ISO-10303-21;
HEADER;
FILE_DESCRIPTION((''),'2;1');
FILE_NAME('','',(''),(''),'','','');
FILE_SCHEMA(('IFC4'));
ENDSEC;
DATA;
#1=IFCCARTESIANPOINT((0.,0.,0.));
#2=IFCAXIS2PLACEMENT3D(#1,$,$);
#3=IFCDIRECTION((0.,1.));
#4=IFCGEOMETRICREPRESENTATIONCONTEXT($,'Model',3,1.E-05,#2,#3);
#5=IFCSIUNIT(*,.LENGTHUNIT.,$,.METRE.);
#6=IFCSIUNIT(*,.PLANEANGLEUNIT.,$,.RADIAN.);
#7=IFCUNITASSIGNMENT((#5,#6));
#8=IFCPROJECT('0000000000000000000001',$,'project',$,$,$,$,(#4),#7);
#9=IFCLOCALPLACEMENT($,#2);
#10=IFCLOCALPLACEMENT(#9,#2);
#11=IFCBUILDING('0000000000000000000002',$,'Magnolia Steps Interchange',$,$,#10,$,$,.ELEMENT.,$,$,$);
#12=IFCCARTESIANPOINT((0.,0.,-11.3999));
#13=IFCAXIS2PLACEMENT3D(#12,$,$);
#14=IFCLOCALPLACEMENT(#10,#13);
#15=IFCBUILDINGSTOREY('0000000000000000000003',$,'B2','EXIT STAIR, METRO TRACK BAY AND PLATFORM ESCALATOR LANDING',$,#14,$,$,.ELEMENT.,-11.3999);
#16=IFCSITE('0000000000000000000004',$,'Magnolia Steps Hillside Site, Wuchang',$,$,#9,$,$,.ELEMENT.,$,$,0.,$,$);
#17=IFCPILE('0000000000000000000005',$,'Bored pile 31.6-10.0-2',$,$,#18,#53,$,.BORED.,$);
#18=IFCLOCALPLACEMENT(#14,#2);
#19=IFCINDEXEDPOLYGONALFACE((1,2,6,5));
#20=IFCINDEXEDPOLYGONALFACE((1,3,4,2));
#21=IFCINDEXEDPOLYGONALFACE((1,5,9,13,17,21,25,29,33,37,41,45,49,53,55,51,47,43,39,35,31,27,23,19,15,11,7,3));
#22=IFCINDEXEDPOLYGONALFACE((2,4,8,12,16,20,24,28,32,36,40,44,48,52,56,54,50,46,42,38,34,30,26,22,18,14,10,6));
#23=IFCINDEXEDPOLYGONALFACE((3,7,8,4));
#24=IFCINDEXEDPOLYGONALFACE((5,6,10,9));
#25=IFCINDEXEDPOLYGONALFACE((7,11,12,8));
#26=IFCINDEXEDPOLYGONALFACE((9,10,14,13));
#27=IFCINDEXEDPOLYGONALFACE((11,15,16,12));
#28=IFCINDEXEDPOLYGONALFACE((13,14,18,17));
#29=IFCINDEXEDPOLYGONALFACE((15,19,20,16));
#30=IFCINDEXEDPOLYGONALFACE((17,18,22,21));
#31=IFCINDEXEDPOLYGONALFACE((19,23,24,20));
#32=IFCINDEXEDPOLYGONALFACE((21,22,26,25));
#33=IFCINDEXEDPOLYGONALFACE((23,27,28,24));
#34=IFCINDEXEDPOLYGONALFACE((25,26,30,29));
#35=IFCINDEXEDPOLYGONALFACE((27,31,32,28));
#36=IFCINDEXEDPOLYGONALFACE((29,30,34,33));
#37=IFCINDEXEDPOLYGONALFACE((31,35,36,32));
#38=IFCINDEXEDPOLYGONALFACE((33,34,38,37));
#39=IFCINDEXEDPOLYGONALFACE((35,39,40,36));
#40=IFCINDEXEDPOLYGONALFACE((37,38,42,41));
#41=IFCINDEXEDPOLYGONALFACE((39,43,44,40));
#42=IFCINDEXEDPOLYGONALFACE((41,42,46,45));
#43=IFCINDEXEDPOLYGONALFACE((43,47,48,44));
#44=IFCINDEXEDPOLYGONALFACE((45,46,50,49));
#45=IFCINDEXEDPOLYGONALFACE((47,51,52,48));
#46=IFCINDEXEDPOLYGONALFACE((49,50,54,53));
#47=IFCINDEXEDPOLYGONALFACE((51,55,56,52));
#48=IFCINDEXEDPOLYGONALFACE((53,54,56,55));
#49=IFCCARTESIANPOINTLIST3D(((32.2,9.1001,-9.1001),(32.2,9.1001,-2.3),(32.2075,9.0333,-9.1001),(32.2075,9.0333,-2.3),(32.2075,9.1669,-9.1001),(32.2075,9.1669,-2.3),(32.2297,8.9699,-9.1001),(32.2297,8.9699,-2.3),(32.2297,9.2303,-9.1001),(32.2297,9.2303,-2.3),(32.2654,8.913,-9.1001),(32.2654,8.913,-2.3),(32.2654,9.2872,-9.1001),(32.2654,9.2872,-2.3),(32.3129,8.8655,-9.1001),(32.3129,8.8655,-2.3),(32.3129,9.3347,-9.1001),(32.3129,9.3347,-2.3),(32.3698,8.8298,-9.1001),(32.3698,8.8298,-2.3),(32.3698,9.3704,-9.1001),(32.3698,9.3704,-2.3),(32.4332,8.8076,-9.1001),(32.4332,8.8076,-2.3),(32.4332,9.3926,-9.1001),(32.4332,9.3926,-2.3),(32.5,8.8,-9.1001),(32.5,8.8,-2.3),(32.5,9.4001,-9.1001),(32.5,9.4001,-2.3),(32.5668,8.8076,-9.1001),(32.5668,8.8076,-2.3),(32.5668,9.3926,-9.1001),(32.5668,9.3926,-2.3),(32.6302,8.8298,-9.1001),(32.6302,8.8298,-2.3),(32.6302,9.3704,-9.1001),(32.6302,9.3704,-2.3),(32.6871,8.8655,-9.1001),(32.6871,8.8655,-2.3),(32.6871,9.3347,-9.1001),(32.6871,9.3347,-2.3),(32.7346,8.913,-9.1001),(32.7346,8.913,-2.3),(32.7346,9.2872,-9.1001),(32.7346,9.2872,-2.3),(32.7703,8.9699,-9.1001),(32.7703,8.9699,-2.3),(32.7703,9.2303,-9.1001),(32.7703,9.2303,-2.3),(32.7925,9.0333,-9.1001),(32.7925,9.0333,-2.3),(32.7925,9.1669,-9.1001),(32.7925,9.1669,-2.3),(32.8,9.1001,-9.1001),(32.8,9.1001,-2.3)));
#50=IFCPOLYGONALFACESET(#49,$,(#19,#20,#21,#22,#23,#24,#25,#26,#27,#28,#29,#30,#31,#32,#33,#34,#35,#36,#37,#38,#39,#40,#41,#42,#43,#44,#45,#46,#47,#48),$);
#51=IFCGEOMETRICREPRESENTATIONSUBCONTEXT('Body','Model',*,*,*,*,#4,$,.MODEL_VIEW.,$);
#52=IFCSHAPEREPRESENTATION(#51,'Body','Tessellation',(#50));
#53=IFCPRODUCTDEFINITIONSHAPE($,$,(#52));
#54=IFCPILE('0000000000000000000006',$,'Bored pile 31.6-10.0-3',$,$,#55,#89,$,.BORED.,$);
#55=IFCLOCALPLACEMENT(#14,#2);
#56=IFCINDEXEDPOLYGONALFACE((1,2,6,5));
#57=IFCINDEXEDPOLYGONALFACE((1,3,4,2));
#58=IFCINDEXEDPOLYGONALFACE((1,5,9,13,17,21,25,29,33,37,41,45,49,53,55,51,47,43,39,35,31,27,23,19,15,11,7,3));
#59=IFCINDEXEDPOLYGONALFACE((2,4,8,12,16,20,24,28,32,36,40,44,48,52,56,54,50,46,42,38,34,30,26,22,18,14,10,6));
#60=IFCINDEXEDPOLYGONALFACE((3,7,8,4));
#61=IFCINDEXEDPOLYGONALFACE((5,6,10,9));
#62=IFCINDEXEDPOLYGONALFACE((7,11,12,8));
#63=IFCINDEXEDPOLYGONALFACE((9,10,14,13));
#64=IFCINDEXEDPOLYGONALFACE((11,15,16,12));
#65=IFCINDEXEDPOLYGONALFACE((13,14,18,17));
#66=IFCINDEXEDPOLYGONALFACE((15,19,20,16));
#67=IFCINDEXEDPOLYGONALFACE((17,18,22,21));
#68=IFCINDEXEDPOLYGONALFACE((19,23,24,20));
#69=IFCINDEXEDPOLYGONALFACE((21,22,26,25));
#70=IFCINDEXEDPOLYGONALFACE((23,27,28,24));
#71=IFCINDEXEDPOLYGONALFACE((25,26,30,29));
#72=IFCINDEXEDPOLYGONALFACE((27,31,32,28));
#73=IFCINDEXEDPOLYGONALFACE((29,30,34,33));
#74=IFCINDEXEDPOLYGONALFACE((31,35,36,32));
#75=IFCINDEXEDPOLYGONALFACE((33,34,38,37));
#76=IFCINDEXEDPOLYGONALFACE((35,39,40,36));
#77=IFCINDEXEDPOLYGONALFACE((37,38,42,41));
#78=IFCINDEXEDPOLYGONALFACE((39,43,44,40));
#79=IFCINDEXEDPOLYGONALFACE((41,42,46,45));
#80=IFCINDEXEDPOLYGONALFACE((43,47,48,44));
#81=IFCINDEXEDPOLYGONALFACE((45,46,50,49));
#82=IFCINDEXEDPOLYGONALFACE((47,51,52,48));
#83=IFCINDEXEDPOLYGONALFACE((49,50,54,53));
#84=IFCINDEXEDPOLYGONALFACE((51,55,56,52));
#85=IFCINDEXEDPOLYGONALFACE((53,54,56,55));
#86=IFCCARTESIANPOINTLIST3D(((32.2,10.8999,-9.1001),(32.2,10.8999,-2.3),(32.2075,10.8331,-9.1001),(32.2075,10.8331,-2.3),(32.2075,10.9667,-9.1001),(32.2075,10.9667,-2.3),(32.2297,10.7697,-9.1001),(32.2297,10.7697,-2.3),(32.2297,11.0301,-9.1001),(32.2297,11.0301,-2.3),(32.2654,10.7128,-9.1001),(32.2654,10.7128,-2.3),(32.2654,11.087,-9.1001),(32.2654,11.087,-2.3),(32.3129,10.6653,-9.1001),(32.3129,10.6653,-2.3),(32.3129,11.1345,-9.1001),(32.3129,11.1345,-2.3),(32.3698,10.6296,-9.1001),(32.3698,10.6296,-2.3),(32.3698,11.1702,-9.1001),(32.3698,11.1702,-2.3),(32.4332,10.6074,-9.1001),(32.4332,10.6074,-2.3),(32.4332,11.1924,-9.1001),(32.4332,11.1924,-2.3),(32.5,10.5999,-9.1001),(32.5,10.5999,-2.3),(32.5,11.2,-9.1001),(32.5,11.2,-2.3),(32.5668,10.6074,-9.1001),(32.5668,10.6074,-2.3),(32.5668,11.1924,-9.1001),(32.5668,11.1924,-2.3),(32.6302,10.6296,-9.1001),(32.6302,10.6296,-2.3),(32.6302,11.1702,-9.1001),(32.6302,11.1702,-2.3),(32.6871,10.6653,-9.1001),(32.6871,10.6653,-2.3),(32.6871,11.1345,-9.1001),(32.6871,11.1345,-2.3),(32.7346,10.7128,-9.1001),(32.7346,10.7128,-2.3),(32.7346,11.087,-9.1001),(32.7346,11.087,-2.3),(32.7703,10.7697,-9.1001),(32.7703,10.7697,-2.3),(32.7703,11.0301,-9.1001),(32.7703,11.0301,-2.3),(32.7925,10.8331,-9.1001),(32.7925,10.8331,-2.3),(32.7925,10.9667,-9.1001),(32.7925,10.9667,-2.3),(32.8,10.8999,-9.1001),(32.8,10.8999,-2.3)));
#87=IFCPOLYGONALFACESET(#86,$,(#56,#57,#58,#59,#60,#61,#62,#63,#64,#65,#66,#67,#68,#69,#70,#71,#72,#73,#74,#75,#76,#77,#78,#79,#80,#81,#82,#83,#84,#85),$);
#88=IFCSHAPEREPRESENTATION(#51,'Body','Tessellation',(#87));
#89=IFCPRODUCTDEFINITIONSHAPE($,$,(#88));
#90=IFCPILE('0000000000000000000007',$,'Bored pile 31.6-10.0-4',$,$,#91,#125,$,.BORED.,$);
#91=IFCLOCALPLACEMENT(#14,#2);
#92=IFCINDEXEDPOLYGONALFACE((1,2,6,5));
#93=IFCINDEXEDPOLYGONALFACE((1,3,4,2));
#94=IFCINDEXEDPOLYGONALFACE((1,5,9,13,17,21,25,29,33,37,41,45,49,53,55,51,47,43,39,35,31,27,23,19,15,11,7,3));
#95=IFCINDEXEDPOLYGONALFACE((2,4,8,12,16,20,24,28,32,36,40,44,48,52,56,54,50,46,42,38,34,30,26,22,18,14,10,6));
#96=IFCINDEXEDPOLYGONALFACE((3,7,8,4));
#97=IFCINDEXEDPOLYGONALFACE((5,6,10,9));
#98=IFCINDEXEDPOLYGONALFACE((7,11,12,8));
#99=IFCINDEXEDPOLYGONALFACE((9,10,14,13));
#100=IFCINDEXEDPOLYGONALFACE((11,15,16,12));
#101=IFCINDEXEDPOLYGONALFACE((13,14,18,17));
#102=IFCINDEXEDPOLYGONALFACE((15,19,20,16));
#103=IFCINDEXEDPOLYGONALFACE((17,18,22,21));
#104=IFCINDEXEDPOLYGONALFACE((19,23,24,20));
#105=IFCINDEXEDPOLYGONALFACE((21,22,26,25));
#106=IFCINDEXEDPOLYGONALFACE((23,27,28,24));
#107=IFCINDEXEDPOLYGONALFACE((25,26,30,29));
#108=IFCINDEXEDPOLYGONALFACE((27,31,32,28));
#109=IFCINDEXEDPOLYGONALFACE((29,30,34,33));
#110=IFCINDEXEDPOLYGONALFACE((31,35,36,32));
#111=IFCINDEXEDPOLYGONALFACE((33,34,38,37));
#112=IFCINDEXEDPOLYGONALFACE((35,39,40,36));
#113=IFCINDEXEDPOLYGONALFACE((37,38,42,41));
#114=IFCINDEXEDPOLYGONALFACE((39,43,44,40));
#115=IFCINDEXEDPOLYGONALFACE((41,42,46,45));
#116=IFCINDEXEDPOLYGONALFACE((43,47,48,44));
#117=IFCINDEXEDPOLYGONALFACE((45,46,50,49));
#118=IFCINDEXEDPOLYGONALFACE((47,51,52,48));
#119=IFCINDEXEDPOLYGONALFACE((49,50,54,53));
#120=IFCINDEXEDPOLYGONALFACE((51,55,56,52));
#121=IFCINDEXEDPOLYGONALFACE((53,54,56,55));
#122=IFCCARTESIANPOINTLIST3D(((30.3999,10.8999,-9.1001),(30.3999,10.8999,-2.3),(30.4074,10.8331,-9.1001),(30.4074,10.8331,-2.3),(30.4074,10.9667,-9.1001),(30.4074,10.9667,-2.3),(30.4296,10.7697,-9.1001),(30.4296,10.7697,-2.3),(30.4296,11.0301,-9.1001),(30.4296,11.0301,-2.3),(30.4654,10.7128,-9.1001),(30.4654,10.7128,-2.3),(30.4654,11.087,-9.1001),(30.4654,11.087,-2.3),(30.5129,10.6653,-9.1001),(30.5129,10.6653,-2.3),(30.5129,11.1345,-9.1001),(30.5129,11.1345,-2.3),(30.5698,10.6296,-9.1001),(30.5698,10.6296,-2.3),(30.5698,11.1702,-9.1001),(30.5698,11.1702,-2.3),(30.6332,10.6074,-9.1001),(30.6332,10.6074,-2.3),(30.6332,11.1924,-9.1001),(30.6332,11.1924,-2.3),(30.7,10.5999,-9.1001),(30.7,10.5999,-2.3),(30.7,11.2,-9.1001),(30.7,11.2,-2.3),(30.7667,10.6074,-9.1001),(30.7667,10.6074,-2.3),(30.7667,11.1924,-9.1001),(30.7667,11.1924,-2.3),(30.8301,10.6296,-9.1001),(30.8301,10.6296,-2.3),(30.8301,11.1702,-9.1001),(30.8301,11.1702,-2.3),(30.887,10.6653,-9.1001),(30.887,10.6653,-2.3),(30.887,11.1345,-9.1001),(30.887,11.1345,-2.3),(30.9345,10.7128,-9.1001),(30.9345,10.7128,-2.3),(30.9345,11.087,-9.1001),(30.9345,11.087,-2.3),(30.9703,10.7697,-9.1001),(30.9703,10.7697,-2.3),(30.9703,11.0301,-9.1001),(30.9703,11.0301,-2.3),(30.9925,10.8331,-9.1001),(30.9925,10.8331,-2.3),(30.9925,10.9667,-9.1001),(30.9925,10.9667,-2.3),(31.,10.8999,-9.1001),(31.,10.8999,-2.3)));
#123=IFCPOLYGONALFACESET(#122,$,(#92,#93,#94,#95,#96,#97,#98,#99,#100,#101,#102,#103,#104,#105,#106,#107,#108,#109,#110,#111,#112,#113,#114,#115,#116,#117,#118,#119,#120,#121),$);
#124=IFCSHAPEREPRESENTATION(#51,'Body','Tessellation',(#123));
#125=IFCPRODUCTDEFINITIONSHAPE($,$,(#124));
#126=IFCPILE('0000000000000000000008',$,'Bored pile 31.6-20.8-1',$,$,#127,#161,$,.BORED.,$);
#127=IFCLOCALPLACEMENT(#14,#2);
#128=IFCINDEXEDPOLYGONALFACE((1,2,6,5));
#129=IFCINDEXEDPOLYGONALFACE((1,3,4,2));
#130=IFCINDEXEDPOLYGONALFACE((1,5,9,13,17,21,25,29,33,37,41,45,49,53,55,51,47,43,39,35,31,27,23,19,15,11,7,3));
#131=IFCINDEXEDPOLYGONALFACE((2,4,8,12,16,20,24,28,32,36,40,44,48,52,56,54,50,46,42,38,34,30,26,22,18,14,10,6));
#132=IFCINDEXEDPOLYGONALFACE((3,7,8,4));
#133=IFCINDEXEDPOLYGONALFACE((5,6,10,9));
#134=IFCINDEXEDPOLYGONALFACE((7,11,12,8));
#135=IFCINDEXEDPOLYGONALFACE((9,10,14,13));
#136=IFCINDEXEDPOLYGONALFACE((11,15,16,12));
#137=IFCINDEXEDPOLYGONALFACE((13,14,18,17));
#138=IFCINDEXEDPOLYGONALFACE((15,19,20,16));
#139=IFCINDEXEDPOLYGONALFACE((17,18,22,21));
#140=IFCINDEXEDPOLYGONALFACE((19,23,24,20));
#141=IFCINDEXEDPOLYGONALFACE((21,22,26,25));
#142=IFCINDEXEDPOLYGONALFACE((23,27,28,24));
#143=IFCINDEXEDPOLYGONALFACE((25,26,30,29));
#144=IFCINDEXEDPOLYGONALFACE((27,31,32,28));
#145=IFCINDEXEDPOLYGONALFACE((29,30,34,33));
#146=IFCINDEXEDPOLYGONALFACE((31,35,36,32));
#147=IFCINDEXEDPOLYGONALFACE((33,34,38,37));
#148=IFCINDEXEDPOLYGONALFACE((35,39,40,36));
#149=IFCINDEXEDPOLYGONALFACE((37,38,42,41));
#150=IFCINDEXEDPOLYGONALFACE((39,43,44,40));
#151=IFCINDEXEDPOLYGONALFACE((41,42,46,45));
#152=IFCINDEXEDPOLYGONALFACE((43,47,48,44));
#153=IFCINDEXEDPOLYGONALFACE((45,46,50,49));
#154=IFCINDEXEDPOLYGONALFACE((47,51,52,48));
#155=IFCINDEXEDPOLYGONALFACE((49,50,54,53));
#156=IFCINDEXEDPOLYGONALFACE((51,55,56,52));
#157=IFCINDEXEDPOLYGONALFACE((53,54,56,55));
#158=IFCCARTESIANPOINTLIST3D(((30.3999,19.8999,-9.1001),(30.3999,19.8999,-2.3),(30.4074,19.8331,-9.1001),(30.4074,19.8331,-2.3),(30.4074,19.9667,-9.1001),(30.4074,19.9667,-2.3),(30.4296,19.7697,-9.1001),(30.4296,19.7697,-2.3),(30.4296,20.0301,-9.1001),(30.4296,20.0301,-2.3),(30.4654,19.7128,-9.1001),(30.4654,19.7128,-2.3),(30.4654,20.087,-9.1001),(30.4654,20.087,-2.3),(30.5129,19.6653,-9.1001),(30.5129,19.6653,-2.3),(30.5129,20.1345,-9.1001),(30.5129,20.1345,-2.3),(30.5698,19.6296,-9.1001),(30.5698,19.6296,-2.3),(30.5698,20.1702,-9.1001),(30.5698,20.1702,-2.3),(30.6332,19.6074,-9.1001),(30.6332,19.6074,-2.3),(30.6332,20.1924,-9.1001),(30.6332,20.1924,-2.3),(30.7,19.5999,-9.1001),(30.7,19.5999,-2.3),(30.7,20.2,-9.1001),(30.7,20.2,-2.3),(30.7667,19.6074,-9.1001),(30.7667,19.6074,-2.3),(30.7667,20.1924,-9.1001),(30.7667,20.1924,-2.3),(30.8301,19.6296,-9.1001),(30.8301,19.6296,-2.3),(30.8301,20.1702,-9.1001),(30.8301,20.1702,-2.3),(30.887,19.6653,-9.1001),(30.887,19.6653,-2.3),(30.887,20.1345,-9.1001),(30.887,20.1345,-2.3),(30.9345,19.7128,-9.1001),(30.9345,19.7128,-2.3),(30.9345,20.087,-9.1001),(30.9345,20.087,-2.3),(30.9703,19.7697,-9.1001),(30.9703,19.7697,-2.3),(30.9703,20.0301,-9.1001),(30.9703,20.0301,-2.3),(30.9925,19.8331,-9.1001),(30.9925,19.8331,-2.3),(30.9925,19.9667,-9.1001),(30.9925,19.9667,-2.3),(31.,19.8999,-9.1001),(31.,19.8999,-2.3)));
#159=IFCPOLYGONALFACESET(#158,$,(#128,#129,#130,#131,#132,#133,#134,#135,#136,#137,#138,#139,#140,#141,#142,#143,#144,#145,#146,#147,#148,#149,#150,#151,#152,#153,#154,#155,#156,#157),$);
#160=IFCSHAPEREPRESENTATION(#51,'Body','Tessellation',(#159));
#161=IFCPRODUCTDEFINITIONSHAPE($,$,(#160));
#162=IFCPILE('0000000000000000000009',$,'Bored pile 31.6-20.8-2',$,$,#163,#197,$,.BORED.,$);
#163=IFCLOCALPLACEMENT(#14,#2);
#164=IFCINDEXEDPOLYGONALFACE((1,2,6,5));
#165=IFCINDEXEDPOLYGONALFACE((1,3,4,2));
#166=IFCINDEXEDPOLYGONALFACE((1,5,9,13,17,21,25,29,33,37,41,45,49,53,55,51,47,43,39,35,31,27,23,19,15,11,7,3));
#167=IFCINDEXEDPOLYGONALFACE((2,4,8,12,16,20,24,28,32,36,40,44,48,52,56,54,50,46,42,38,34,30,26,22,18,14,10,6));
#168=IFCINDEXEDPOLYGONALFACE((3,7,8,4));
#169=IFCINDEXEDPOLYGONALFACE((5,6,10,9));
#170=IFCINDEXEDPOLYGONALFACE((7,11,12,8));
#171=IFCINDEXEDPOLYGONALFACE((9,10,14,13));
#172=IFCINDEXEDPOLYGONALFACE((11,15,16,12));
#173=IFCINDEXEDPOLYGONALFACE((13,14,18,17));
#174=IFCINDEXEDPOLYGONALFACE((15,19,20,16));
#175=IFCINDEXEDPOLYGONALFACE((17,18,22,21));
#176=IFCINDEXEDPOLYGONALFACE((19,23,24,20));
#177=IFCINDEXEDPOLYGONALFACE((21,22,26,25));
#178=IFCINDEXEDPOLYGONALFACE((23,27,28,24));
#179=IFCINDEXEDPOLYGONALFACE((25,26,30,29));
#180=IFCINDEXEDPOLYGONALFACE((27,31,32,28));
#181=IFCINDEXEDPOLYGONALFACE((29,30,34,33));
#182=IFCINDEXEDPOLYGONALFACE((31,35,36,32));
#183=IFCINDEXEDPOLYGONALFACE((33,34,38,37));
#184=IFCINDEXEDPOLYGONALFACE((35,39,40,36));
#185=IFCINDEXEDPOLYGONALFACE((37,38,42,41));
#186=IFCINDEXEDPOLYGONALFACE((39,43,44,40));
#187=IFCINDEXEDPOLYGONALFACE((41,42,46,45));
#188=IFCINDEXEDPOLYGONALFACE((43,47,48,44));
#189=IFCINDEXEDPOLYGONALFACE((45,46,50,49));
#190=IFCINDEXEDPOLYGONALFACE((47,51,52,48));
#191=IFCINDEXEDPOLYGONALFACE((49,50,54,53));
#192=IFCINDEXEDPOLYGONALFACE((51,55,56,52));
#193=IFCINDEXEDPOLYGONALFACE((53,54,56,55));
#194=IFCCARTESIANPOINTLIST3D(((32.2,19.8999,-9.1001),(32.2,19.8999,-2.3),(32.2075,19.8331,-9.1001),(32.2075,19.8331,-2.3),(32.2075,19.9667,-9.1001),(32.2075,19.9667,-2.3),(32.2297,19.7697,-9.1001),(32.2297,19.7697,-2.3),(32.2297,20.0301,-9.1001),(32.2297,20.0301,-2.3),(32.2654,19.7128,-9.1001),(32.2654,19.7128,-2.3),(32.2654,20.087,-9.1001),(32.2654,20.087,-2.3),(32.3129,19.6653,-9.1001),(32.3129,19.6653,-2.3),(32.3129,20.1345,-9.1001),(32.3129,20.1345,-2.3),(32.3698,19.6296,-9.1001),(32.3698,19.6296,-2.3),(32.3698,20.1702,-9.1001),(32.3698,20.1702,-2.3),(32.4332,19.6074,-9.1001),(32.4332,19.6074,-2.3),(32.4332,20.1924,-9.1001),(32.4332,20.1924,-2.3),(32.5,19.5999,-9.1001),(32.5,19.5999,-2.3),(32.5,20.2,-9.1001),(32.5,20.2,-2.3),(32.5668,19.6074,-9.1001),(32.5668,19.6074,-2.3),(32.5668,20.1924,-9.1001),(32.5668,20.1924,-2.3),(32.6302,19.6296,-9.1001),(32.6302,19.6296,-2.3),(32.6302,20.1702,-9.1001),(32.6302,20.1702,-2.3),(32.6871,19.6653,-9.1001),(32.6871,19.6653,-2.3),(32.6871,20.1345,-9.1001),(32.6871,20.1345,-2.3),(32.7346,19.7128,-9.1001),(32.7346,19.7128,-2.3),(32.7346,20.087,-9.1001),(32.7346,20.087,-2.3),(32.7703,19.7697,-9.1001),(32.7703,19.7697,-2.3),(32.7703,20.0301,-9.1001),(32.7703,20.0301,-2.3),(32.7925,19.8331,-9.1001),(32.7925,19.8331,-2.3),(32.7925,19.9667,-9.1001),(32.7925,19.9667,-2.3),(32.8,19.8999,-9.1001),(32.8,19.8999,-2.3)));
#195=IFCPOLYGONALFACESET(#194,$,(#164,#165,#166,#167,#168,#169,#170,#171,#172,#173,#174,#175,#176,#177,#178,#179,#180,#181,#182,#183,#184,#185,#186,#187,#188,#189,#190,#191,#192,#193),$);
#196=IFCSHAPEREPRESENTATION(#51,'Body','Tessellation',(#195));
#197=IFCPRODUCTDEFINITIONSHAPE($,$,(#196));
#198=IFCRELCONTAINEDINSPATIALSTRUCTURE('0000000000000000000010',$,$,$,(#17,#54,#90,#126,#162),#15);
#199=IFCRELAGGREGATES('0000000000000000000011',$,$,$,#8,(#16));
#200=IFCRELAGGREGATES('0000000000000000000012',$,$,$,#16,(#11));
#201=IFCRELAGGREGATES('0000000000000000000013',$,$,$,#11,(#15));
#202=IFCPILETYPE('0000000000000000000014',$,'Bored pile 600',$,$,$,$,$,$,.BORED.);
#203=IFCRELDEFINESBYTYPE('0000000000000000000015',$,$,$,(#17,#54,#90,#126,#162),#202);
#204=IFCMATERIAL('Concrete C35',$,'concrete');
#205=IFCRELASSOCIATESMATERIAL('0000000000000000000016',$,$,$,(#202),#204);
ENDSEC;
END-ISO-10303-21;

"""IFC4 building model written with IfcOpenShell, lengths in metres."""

from ifc_helpers import new_model, si_unit, direction, frame, origin, origin_2d, place, context, subcontext, project, spatial, circle, extrude, material, material_profile, profile_set, type_object, element, save


model = new_model("IFC4")

# Units and contexts
model_context = context("Model", 3, precision=1e-05, world=origin(), true_north=direction((0.0, 1.0)))
body_context = subcontext(model_context, "Body", "Model", "MODEL_VIEW")
ifc_project = project(units=[si_unit("LENGTHUNIT", "METRE"), si_unit("PLANEANGLEUNIT", "RADIAN")], contexts=[model_context])

# Site, building, storey
site_placement = place(None, origin())
site = spatial("IfcSite", under=ifc_project, at=site_placement, Name="Magnolia Steps Hillside Site, Wuchang", CompositionType="ELEMENT", RefElevation=0.0)
building_placement = place(site_placement, origin())
building = spatial("IfcBuilding", under=site, at=building_placement, Name="Magnolia Steps Interchange", CompositionType="ELEMENT")
storey_placement = place(building_placement, frame((0.0, 0.0, -11.3999)))
storey = spatial("IfcBuildingStorey", under=building, at=storey_placement, Name="B2", Description="EXIT STAIR, METRO TRACK BAY AND PLATFORM ESCALATOR LANDING", CompositionType="ELEMENT", Elevation=-11.3999)

# Piles
ifc_material_1 = material(Name="Concrete C35", Category="concrete")
ifc_material_profile_1 = material_profile(ifc_material_1, circle(Radius=0.3, at=origin_2d()), Name="Bored pile 600")
ifc_profile_set_1 = profile_set([ifc_material_profile_1], Name="Concrete C35")
pile_type_1 = type_object("IfcPileType", Name="Bored pile 600", PredefinedType="BORED", material=ifc_profile_set_1)
for number, where, z_axis, x_axis, name in (
    (1, (32.5, 9.1001, -2.3), (0.0, 0.0, -1.0), (1.0, 0.0, 0.0), "Bored pile 31.6-10.0-2"),
    (2, (32.5, 10.8999, -2.3), (0.0, 0.0, -1.0), (1.0, 0.0, 0.0), "Bored pile 31.6-10.0-3"),
    (3, (30.7, 10.8999, -2.3), (0.0, 0.0, -1.0), (1.0, 0.0, 0.0), "Bored pile 31.6-10.0-4"),
    (4, (30.7, 19.8999, -2.3), (0.0, 0.0, -1.0), (1.0, 0.0, 0.0), "Bored pile 31.6-20.8-1"),
    (5, (32.5, 19.8999, -2.3), (0.0, 0.0, -1.0), (1.0, 0.0, 0.0), "Bored pile 31.6-20.8-2"),
):
    element("IfcPile", number, at=place(storey_placement, frame(where, z_axis=z_axis, x_axis=x_axis)), inside=storey, type_object=pile_type_1, Name=name, PredefinedType="BORED", context=body_context, shape_type="SweptSolid", body=[
        extrude(circle(Radius=0.3, at=origin_2d()), origin(), (0.0, 0.0, 1.0), 6.8),
    ])

save(model, "model.ifc")
